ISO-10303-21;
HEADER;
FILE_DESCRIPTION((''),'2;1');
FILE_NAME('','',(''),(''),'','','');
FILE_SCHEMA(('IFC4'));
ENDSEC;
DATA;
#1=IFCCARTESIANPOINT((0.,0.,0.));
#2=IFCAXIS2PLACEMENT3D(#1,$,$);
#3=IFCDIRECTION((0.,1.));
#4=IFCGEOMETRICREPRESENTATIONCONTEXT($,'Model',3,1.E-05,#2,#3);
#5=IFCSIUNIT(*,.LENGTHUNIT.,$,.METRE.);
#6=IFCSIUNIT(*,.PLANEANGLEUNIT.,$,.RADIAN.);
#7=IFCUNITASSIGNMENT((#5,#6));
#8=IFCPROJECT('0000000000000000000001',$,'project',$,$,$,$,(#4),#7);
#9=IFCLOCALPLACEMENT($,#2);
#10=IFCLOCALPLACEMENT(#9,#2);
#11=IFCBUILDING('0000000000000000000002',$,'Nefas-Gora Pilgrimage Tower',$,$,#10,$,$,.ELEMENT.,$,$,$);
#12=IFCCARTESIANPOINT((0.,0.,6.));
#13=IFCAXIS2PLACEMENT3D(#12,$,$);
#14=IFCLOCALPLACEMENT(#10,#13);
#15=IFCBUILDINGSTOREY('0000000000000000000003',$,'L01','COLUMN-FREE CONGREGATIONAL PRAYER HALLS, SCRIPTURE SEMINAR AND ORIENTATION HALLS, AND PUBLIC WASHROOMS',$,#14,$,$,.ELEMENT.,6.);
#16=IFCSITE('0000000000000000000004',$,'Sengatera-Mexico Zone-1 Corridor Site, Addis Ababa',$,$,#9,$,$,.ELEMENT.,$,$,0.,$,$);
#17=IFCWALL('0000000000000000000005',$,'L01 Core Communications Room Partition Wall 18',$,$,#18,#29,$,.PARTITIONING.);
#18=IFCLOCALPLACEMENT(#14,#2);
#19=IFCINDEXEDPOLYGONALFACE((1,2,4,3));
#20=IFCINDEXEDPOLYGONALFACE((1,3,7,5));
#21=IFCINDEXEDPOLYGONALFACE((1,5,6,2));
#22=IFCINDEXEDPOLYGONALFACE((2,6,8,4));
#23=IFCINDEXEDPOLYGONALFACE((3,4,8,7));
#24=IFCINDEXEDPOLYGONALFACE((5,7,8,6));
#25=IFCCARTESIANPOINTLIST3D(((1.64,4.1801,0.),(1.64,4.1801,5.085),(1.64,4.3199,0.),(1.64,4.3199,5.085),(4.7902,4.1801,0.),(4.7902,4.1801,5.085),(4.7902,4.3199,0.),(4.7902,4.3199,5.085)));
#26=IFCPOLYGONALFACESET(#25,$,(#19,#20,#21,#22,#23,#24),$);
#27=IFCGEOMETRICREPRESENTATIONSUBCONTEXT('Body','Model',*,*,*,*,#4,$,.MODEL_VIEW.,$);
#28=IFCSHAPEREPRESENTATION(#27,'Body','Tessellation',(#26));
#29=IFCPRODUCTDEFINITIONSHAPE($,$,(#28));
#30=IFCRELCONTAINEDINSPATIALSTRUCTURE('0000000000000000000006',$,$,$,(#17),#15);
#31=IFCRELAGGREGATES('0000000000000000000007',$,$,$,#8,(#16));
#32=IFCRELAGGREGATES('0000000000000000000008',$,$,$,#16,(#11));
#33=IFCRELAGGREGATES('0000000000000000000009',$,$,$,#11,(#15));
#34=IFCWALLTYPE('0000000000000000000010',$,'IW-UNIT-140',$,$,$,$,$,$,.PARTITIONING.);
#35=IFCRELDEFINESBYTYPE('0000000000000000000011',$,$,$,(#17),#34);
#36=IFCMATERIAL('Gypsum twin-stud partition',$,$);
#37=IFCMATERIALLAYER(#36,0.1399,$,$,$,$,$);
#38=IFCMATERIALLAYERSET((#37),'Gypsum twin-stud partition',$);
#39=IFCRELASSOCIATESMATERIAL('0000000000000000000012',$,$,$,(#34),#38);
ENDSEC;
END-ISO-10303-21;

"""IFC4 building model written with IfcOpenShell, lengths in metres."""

from ifc_helpers import new_model, si_unit, direction, frame, frame_2d, origin, place, context, subcontext, project, spatial, rectangle, extrude, source, transform, mapped, material, layer, layer_set, type_object, element, save


model = new_model("IFC4")

# Units and contexts
model_context = context("Model", 3, precision=1e-05, world=origin(), true_north=direction((0.0, 1.0)))
body_context = subcontext(model_context, "Body", "Model", "MODEL_VIEW")
ifc_project = project(units=[si_unit("LENGTHUNIT", "METRE"), si_unit("PLANEANGLEUNIT", "RADIAN")], contexts=[model_context])

# Site, building, storey
site_placement = place(None, origin())
site = spatial("IfcSite", under=ifc_project, at=site_placement, Name="Sengatera-Mexico Zone-1 Corridor Site, Addis Ababa", CompositionType="ELEMENT", RefElevation=0.0)
building_placement = place(site_placement, origin())
building = spatial("IfcBuilding", under=site, at=building_placement, Name="Nefas-Gora Pilgrimage Tower", CompositionType="ELEMENT")
storey_placement = place(building_placement, frame((0.0, 0.0, 6.0)))
storey = spatial("IfcBuildingStorey", under=building, at=storey_placement, Name="L01", Description="COLUMN-FREE CONGREGATIONAL PRAYER HALLS, SCRIPTURE SEMINAR AND ORIENTATION HALLS, AND PUBLIC WASHROOMS", CompositionType="ELEMENT", Elevation=6.0)

# Shared definitions
ifc_material_1 = material(Name="Gypsum twin-stud partition")
ifc_layer_1 = layer(ifc_material_1, 0.1399)
ifc_layer_set_1 = layer_set([ifc_layer_1], Name="Gypsum twin-stud partition")
wall_type_1 = type_object("IfcWallType", Name="IW-UNIT-140", PredefinedType="PARTITIONING", material=ifc_layer_set_1)

# Wall
shared_shape_1 = source(origin(), body_context, "Body", "SweptSolid", [
    extrude(rectangle(XDim=3.1501, YDim=0.1399, at=frame_2d((1.5752, 0.0))), origin(), (0.0, 0.0, 1.0), 5.085),
])
wall_1_placement = place(storey_placement, frame((1.6399, 4.25, 0.0), z_axis=(0.0, 0.0, 1.0), x_axis=(1.0, 0.0, 0.0)))
element("IfcWall", 1, at=wall_1_placement, inside=storey, type_object=wall_type_1, Name="L01 Core Communications Room Partition Wall 18", PredefinedType="PARTITIONING", context=body_context, shape_type="MappedRepresentation", body=[
    mapped(shared_shape_1, transform((0.0, 0.0, 0.0), x_axis=(1.0, 0.0, 0.0), y_axis=(0.0, 1.0, 0.0), z_axis=(0.0, 0.0, 1.0), scale=1.0)),
])

save(model, "model.ifc")
